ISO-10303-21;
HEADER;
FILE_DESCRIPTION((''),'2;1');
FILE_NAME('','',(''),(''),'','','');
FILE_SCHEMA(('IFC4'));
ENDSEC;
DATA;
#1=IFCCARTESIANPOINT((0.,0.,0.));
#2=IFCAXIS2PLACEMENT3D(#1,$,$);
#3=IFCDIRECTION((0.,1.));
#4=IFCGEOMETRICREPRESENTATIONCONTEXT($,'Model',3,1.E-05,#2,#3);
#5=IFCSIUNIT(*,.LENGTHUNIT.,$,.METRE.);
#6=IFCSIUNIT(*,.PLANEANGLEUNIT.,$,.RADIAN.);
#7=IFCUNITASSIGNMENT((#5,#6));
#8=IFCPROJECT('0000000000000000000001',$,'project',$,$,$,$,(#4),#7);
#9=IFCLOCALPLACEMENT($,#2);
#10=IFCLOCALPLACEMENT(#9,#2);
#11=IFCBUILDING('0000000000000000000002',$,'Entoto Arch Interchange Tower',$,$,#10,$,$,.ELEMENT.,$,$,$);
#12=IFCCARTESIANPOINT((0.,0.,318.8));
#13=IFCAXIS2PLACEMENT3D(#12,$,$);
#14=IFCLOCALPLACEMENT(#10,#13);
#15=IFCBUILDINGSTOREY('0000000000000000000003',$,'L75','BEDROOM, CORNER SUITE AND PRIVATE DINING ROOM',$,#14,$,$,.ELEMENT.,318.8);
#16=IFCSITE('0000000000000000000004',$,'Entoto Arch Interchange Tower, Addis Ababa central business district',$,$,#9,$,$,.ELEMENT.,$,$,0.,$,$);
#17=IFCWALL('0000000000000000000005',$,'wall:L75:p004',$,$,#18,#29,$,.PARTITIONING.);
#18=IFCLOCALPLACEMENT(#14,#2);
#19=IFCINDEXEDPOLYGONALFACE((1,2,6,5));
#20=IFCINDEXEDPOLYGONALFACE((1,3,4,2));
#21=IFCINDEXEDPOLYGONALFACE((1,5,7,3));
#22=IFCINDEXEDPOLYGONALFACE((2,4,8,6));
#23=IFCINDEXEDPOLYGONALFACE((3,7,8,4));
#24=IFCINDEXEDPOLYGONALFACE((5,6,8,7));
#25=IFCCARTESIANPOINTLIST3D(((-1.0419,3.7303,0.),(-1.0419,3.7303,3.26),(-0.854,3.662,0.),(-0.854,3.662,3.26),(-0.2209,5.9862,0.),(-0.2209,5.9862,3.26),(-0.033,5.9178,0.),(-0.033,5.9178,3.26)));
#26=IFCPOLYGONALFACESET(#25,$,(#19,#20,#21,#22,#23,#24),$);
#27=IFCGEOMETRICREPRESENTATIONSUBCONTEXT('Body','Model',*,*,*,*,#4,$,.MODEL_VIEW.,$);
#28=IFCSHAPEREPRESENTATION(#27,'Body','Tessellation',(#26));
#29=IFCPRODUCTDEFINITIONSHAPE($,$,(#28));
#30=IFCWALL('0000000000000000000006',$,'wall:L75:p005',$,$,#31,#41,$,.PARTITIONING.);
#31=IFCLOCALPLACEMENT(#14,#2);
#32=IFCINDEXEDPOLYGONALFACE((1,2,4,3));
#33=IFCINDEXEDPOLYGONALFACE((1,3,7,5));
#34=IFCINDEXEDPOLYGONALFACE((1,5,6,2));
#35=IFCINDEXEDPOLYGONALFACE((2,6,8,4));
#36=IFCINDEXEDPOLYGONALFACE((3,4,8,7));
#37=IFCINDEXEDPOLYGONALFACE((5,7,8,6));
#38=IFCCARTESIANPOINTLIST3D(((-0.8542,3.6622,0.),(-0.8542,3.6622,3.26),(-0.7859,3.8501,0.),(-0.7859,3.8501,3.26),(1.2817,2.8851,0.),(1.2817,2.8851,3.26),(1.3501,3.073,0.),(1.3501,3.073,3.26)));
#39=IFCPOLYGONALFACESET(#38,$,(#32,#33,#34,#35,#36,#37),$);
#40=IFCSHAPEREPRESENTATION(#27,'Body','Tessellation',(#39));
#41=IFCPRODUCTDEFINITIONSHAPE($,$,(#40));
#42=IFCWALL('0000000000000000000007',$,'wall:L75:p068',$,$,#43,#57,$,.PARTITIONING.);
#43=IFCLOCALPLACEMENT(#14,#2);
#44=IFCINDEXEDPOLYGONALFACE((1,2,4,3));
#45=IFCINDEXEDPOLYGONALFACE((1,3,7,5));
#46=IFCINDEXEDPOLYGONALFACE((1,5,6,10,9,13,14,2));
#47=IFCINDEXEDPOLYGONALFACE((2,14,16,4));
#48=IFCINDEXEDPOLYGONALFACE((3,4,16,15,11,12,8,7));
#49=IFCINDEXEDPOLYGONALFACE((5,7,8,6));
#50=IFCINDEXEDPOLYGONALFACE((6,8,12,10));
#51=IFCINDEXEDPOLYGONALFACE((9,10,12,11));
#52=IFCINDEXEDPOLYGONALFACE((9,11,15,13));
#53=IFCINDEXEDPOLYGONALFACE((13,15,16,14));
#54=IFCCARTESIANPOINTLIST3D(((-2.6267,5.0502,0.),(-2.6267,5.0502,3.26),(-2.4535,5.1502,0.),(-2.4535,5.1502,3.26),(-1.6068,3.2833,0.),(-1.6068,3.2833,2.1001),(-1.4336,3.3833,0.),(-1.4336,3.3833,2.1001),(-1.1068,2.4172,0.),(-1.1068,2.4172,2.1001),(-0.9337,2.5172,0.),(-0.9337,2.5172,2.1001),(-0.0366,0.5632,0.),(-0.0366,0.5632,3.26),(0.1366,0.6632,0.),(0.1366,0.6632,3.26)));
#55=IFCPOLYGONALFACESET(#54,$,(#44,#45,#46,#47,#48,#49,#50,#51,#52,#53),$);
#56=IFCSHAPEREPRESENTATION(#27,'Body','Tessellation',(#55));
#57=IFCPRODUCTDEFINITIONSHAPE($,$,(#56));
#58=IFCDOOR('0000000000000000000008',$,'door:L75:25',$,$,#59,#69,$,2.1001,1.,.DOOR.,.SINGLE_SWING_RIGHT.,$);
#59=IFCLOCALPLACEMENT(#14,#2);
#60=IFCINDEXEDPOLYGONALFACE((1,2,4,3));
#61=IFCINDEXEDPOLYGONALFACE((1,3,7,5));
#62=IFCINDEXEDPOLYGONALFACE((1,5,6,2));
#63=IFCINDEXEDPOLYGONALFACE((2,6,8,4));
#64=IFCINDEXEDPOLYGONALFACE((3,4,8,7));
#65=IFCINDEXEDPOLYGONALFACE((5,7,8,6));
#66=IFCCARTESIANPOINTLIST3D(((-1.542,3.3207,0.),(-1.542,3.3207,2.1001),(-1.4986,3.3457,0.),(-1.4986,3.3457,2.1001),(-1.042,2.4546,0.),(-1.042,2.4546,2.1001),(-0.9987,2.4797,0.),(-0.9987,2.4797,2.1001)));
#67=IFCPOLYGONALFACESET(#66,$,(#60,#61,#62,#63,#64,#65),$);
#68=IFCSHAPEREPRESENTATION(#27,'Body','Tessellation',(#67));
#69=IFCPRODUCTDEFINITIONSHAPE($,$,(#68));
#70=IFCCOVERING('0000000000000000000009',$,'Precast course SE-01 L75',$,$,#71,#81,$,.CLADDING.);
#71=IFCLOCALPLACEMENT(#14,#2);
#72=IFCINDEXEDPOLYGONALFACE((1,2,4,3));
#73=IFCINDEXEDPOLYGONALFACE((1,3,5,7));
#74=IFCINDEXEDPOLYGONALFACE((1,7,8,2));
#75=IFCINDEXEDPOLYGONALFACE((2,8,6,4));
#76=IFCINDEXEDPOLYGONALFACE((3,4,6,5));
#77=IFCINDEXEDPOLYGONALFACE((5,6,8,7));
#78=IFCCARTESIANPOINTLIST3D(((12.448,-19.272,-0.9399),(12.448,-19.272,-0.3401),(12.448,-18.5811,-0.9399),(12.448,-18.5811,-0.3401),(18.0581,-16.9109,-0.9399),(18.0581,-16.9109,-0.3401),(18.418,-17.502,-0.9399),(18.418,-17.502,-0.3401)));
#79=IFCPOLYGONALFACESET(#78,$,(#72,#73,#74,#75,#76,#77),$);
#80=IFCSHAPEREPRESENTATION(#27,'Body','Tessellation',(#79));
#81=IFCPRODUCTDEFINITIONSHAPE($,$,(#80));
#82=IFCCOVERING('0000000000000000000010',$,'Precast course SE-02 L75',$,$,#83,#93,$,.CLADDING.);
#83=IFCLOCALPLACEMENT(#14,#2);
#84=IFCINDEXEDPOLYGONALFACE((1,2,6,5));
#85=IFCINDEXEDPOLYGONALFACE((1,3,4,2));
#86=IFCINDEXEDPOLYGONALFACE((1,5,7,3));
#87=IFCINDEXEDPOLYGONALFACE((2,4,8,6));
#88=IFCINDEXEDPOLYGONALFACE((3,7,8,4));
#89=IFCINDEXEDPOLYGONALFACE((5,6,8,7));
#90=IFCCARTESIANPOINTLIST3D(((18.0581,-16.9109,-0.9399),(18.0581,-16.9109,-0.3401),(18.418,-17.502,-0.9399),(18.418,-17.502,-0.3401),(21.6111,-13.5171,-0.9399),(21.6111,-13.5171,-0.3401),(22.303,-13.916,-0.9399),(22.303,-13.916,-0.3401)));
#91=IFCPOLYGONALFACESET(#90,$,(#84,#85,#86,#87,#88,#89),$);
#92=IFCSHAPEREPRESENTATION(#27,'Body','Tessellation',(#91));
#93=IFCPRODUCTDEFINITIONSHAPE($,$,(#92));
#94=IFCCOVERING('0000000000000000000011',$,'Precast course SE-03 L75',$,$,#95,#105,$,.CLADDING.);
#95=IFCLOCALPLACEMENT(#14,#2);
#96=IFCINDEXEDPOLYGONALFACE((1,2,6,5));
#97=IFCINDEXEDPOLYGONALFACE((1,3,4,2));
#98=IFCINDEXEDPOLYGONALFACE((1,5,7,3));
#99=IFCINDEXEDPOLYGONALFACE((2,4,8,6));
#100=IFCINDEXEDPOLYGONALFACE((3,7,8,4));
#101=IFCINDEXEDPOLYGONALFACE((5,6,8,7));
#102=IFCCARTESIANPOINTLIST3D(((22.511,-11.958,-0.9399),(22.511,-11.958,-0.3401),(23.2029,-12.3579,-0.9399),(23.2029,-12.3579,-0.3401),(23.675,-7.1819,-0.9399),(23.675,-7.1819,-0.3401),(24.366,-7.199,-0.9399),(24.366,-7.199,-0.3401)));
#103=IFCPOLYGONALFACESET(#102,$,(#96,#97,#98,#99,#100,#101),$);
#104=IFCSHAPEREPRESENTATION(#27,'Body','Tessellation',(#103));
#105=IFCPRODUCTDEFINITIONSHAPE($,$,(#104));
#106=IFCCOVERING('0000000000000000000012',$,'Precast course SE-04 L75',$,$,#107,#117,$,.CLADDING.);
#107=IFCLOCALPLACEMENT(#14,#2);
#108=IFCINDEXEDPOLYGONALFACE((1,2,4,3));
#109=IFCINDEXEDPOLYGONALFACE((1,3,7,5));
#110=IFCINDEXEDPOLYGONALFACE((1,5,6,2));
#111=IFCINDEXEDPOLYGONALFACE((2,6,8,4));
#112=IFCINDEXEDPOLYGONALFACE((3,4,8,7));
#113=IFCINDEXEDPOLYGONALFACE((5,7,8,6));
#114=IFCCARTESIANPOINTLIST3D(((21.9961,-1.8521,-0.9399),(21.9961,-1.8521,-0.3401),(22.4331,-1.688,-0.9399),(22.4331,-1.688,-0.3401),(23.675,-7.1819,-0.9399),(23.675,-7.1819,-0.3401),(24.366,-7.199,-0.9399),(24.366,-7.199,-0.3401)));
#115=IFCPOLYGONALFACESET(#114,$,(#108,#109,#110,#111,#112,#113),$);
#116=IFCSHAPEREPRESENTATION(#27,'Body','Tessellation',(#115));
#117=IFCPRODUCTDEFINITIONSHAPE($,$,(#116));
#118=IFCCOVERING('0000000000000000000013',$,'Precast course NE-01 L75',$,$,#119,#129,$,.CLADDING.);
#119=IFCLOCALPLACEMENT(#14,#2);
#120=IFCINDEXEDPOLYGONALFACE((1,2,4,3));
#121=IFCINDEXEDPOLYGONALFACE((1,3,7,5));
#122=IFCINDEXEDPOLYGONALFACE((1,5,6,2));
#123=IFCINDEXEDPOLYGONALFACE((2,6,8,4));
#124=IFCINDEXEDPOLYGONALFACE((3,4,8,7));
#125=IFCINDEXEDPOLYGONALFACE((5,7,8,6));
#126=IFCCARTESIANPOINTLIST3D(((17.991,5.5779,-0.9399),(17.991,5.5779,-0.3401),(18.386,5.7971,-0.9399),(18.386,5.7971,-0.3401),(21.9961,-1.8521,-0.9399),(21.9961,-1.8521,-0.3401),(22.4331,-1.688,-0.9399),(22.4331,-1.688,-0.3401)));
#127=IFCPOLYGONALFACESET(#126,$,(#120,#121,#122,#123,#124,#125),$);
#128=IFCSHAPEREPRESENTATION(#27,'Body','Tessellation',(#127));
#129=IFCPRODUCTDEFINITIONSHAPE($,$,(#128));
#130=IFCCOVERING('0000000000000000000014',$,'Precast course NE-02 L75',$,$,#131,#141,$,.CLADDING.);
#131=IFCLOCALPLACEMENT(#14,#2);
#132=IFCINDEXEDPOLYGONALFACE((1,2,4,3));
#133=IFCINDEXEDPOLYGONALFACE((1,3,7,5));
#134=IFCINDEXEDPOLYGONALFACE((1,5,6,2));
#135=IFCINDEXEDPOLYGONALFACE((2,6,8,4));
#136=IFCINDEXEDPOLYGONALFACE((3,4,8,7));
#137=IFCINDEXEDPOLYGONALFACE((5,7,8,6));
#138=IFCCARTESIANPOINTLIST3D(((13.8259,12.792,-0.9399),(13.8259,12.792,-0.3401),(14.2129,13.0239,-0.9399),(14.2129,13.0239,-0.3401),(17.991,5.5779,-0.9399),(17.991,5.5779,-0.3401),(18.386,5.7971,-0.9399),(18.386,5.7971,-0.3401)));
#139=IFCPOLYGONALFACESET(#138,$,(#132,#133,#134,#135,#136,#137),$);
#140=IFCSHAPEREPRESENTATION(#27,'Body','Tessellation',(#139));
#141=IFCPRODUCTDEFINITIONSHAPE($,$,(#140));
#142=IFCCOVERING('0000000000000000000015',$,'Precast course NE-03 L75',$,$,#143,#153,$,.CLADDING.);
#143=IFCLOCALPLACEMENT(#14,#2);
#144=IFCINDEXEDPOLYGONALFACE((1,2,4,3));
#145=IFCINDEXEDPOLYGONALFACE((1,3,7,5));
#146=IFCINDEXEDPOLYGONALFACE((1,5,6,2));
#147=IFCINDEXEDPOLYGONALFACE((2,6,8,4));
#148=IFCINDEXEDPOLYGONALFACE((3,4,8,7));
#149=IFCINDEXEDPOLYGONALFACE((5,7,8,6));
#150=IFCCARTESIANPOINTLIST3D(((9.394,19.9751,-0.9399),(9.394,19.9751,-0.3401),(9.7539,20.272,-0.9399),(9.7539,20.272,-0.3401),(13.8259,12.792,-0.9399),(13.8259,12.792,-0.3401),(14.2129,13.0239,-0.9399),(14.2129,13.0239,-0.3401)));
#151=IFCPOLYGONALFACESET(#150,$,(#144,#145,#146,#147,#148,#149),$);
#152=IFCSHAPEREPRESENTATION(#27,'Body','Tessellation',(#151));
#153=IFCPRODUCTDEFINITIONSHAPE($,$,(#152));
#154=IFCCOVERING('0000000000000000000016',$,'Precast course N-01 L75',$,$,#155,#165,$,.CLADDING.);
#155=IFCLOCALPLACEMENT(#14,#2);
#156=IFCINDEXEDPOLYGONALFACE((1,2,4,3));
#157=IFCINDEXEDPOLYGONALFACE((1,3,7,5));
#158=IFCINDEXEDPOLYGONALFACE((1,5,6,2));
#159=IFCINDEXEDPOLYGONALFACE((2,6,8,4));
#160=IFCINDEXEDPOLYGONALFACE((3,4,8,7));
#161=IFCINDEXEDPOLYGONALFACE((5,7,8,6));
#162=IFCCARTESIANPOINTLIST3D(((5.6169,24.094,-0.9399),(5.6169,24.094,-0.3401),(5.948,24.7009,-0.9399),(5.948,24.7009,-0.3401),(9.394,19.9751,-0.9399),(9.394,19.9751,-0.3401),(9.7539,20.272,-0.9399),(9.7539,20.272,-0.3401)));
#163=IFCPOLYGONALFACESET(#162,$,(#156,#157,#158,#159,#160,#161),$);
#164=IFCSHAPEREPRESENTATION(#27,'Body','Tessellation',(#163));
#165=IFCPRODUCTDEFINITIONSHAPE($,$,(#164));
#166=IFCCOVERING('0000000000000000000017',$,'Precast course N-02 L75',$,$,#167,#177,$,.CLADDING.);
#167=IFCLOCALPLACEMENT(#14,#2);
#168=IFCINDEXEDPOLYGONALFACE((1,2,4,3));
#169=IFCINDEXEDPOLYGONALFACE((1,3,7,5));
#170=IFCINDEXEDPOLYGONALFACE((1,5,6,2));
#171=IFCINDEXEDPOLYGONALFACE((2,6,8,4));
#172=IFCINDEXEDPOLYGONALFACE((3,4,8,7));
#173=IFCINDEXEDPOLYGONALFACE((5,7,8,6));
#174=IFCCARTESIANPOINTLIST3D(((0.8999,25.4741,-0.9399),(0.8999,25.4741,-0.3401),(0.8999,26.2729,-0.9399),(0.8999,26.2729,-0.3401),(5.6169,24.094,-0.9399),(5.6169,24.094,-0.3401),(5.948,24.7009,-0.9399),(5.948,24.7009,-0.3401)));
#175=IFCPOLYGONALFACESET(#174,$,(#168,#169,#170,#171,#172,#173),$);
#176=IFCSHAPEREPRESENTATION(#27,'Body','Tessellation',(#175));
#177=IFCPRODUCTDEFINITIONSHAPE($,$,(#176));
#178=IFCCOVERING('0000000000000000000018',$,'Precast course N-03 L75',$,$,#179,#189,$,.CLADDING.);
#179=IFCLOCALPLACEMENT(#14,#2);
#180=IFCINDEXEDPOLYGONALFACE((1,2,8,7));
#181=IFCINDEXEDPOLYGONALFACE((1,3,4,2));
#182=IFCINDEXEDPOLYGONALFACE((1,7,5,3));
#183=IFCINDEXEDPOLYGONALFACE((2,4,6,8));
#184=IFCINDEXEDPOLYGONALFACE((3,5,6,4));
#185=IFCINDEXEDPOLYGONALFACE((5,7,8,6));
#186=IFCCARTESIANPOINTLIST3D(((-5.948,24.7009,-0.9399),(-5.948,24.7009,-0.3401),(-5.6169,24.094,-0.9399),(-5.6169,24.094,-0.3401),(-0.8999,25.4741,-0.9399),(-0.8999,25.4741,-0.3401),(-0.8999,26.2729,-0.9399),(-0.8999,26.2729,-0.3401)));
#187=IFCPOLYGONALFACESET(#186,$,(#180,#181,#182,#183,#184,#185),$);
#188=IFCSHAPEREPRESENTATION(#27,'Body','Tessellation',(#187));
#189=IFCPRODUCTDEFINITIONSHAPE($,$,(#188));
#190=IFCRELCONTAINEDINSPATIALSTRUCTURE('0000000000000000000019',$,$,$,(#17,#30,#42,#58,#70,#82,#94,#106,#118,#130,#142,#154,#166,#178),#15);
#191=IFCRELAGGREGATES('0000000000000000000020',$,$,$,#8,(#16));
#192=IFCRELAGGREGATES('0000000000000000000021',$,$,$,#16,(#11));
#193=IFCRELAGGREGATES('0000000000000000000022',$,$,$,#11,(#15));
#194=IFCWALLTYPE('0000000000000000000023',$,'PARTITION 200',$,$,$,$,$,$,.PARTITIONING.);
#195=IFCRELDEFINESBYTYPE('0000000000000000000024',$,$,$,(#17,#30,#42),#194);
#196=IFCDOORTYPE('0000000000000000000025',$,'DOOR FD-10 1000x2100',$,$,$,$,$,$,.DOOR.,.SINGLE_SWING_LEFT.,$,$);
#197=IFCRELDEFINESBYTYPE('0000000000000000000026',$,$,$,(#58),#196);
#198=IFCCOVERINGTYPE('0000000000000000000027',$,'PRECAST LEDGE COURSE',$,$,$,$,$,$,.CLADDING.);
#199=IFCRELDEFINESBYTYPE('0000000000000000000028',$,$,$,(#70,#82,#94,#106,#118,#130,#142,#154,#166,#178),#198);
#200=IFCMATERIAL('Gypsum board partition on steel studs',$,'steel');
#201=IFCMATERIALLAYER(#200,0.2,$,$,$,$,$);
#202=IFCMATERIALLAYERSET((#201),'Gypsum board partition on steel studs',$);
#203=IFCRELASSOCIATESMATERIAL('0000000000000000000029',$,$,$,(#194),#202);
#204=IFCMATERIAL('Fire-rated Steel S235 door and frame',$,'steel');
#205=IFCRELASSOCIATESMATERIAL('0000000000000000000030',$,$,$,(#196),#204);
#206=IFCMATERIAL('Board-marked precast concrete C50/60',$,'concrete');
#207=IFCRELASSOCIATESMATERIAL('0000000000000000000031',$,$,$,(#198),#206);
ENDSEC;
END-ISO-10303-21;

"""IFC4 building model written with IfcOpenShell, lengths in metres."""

from ifc_helpers import new_model, si_unit, direction, frame, frame_2d, origin, place, context, subcontext, project, spatial, polyline, rectangle, outline, extrude, material, layer, layer_set, type_object, element, fill, save


model = new_model("IFC4")

# Units and contexts
model_context = context("Model", 3, precision=1e-05, world=origin(), true_north=direction((0.0, 1.0)))
body_context = subcontext(model_context, "Body", "Model", "MODEL_VIEW")
ifc_project = project(units=[si_unit("LENGTHUNIT", "METRE"), si_unit("PLANEANGLEUNIT", "RADIAN")], contexts=[model_context])

# Site, building, storey
site_placement = place(None, origin())
site = spatial("IfcSite", under=ifc_project, at=site_placement, Name="Entoto Arch Interchange Tower, Addis Ababa central business district", CompositionType="ELEMENT", RefElevation=0.0)
building_placement = place(site_placement, origin())
building = spatial("IfcBuilding", under=site, at=building_placement, Name="Entoto Arch Interchange Tower", CompositionType="ELEMENT")
storey_placement = place(building_placement, frame((0.0, 0.0, 318.8)))
storey = spatial("IfcBuildingStorey", under=building, at=storey_placement, Name="L75", Description="BEDROOM, CORNER SUITE AND PRIVATE DINING ROOM", CompositionType="ELEMENT", Elevation=318.8)

# Walls
ifc_material_1 = material(Name="Gypsum board partition on steel studs", Category="steel")
ifc_layer = layer(ifc_material_1, 0.2)
ifc_layer_set = layer_set([ifc_layer], Name="Gypsum board partition on steel studs")
wall_type = type_object("IfcWallType", Name="PARTITION 200", PredefinedType="PARTITIONING", material=ifc_layer_set)
wall_1_placement = place(storey_placement, frame((-0.127, 5.9519, 0.0), z_axis=(0.0, 0.0, 1.0), x_axis=(-0.342013, -0.939695, 0.0)))
element("IfcWall", 1, at=wall_1_placement, inside=storey, type_object=wall_type, Name="wall:L75:p004", PredefinedType="PARTITIONING", context=body_context, shape_type="SweptSolid", body=[
    extrude(rectangle(XDim=2.4006, YDim=0.2, at=frame_2d((1.2002, 0.0))), origin(), (0.0, 0.0, 1.0), 3.26),
])
wall_2_placement = place(storey_placement, frame((-0.8201, 3.7561, 0.0), z_axis=(0.0, 0.0, 1.0), x_axis=(0.93974, -0.34189, 0.0)))
element("IfcWall", 2, at=wall_2_placement, inside=storey, type_object=wall_type, Name="wall:L75:p005", PredefinedType="PARTITIONING", context=body_context, shape_type="SweptSolid", body=[
    extrude(rectangle(XDim=2.2729, YDim=0.2, at=frame_2d((1.1365, 0.0))), origin(), (0.0, 0.0, 1.0), 3.26),
])

# Wall, opening, door
wall_3_placement = place(storey_placement, frame((-2.54, 5.1001, 0.0), z_axis=(0.0, 0.0, 1.0), x_axis=(0.499925, -0.866069, 0.0)))
wall_3 = element("IfcWall", 3, at=wall_3_placement, inside=storey, type_object=wall_type, Name="wall:L75:p068", PredefinedType="PARTITIONING", context=body_context, shape_type="SweptSolid", body=[
    extrude(rectangle(XDim=5.1809, YDim=0.2, at=frame_2d((2.5903, 0.0))), origin(), (0.0, 0.0, 1.0), 3.26),
])
opening_placement = place(wall_3_placement, frame((2.04, 0.0, 0.0)))
opening = element("IfcOpeningElement", 4, at=opening_placement, cuts=wall_3, PredefinedType="OPENING", context=body_context, shape_type="SweptSolid", body=[
    extrude(rectangle(XDim=1.0, YDim=2.1001, at=frame_2d((0.5, 1.05))), frame((0.0, 0.1099, 0.0), z_axis=(0.0, -1.0, 0.0), x_axis=(1.0, 0.0, 0.0)), (0.0, 0.0, 1.0), 0.22),
])
ifc_material_2 = material(Name="Fire-rated Steel S235 door and frame", Category="steel")
door_type = type_object("IfcDoorType", Name="DOOR FD-10 1000x2100", OperationType="SINGLE_SWING_LEFT", PredefinedType="DOOR", material=ifc_material_2)
door_placement = place(opening_placement, origin())
door = element("IfcDoor", 5, at=door_placement, inside=storey, type_object=door_type, Name="door:L75:25", OperationType="SINGLE_SWING_RIGHT", OverallHeight=2.1001, OverallWidth=1.0, PredefinedType="DOOR", context=body_context, shape_type="SweptSolid", body=[
    extrude(rectangle(XDim=1.0, YDim=2.1001, at=frame_2d((0.5, 1.05))), frame((0.0, 0.0249, 0.0), z_axis=(0.0, -1.0, 0.0), x_axis=(1.0, 0.0, 0.0)), (0.0, 0.0, 1.0), 0.05),
])
fill(opening, door)

# Coverings
ifc_material_3 = material(Name="Board-marked precast concrete C50/60", Category="concrete")
covering_type = type_object("IfcCoveringType", Name="PRECAST LEDGE COURSE", PredefinedType="CLADDING", material=ifc_material_3)
covering_1_placement = place(storey_placement, frame((0.0, 0.0, -0.9399)))
element("IfcCovering", 6, at=covering_1_placement, inside=storey, type_object=covering_type, Name="Precast course SE-01 L75", PredefinedType="CLADDING", context=body_context, shape_type="SweptSolid", body=[
    extrude(outline(polyline([(18.0581, -16.9109), (18.418, -17.502), (12.448, -19.272), (12.448, -18.5811), (18.0581, -16.9109)])), origin(), (0.0, 0.0, 1.0), 0.5999),
])
covering_2_placement = place(storey_placement, frame((0.0, 0.0, -0.9399)))
element("IfcCovering", 7, at=covering_2_placement, inside=storey, type_object=covering_type, Name="Precast course SE-02 L75", PredefinedType="CLADDING", context=body_context, shape_type="SweptSolid", body=[
    extrude(outline(polyline([(21.6111, -13.5171), (22.303, -13.916), (18.418, -17.502), (18.0581, -16.9109), (21.6111, -13.5171)])), origin(), (0.0, 0.0, 1.0), 0.5999),
])
covering_3_placement = place(storey_placement, frame((0.0, 0.0, -0.9399)))
element("IfcCovering", 8, at=covering_3_placement, inside=storey, type_object=covering_type, Name="Precast course SE-03 L75", PredefinedType="CLADDING", context=body_context, shape_type="SweptSolid", body=[
    extrude(outline(polyline([(23.675, -7.1819), (24.366, -7.199), (23.2029, -12.3579), (22.511, -11.958), (23.675, -7.1819)])), origin(), (0.0, 0.0, 1.0), 0.5999),
])
covering_4_placement = place(storey_placement, frame((0.0, 0.0, -0.9399)))
element("IfcCovering", 9, at=covering_4_placement, inside=storey, type_object=covering_type, Name="Precast course SE-04 L75", PredefinedType="CLADDING", context=body_context, shape_type="SweptSolid", body=[
    extrude(outline(polyline([(21.9961, -1.8521), (22.4331, -1.688), (24.366, -7.199), (23.675, -7.1819), (21.9961, -1.8521)])), origin(), (0.0, 0.0, 1.0), 0.5999),
])
covering_5_placement = place(storey_placement, frame((0.0, 0.0, -0.9399)))
element("IfcCovering", 10, at=covering_5_placement, inside=storey, type_object=covering_type, Name="Precast course NE-01 L75", PredefinedType="CLADDING", context=body_context, shape_type="SweptSolid", body=[
    extrude(outline(polyline([(17.991, 5.5779), (18.386, 5.7971), (22.4331, -1.688), (21.9961, -1.8521), (17.991, 5.5779)])), origin(), (0.0, 0.0, 1.0), 0.5999),
])
covering_6_placement = place(storey_placement, frame((0.0, 0.0, -0.9399)))
element("IfcCovering", 11, at=covering_6_placement, inside=storey, type_object=covering_type, Name="Precast course NE-02 L75", PredefinedType="CLADDING", context=body_context, shape_type="SweptSolid", body=[
    extrude(outline(polyline([(13.8259, 12.792), (14.2129, 13.0239), (18.386, 5.7971), (17.991, 5.5779), (13.8259, 12.792)])), origin(), (0.0, 0.0, 1.0), 0.5999),
])
covering_7_placement = place(storey_placement, frame((0.0, 0.0, -0.9399)))
element("IfcCovering", 12, at=covering_7_placement, inside=storey, type_object=covering_type, Name="Precast course NE-03 L75", PredefinedType="CLADDING", context=body_context, shape_type="SweptSolid", body=[
    extrude(outline(polyline([(9.394, 19.9751), (9.7539, 20.272), (14.2129, 13.0239), (13.8259, 12.792), (9.394, 19.9751)])), origin(), (0.0, 0.0, 1.0), 0.5999),
])
covering_8_placement = place(storey_placement, frame((0.0, 0.0, -0.9399)))
element("IfcCovering", 13, at=covering_8_placement, inside=storey, type_object=covering_type, Name="Precast course N-01 L75", PredefinedType="CLADDING", context=body_context, shape_type="SweptSolid", body=[
    extrude(outline(polyline([(5.6169, 24.094), (5.948, 24.7009), (9.7539, 20.272), (9.394, 19.9751), (5.6169, 24.094)])), origin(), (0.0, 0.0, 1.0), 0.5999),
])
covering_9_placement = place(storey_placement, frame((0.0, 0.0, -0.9399)))
element("IfcCovering", 14, at=covering_9_placement, inside=storey, type_object=covering_type, Name="Precast course N-02 L75", PredefinedType="CLADDING", context=body_context, shape_type="SweptSolid", body=[
    extrude(outline(polyline([(0.8999, 25.4741), (0.8999, 26.2729), (5.948, 24.7009), (5.6169, 24.094), (0.8999, 25.4741)])), origin(), (0.0, 0.0, 1.0), 0.5999),
])
covering_10_placement = place(storey_placement, frame((0.0, 0.0, -0.9399)))
element("IfcCovering", 15, at=covering_10_placement, inside=storey, type_object=covering_type, Name="Precast course N-03 L75", PredefinedType="CLADDING", context=body_context, shape_type="SweptSolid", body=[
    extrude(outline(polyline([(-5.6169, 24.094), (-5.948, 24.7009), (-0.8999, 26.2729), (-0.8999, 25.4741), (-5.6169, 24.094)])), origin(), (0.0, 0.0, 1.0), 0.5999),
])

save(model, "model.ifc")
